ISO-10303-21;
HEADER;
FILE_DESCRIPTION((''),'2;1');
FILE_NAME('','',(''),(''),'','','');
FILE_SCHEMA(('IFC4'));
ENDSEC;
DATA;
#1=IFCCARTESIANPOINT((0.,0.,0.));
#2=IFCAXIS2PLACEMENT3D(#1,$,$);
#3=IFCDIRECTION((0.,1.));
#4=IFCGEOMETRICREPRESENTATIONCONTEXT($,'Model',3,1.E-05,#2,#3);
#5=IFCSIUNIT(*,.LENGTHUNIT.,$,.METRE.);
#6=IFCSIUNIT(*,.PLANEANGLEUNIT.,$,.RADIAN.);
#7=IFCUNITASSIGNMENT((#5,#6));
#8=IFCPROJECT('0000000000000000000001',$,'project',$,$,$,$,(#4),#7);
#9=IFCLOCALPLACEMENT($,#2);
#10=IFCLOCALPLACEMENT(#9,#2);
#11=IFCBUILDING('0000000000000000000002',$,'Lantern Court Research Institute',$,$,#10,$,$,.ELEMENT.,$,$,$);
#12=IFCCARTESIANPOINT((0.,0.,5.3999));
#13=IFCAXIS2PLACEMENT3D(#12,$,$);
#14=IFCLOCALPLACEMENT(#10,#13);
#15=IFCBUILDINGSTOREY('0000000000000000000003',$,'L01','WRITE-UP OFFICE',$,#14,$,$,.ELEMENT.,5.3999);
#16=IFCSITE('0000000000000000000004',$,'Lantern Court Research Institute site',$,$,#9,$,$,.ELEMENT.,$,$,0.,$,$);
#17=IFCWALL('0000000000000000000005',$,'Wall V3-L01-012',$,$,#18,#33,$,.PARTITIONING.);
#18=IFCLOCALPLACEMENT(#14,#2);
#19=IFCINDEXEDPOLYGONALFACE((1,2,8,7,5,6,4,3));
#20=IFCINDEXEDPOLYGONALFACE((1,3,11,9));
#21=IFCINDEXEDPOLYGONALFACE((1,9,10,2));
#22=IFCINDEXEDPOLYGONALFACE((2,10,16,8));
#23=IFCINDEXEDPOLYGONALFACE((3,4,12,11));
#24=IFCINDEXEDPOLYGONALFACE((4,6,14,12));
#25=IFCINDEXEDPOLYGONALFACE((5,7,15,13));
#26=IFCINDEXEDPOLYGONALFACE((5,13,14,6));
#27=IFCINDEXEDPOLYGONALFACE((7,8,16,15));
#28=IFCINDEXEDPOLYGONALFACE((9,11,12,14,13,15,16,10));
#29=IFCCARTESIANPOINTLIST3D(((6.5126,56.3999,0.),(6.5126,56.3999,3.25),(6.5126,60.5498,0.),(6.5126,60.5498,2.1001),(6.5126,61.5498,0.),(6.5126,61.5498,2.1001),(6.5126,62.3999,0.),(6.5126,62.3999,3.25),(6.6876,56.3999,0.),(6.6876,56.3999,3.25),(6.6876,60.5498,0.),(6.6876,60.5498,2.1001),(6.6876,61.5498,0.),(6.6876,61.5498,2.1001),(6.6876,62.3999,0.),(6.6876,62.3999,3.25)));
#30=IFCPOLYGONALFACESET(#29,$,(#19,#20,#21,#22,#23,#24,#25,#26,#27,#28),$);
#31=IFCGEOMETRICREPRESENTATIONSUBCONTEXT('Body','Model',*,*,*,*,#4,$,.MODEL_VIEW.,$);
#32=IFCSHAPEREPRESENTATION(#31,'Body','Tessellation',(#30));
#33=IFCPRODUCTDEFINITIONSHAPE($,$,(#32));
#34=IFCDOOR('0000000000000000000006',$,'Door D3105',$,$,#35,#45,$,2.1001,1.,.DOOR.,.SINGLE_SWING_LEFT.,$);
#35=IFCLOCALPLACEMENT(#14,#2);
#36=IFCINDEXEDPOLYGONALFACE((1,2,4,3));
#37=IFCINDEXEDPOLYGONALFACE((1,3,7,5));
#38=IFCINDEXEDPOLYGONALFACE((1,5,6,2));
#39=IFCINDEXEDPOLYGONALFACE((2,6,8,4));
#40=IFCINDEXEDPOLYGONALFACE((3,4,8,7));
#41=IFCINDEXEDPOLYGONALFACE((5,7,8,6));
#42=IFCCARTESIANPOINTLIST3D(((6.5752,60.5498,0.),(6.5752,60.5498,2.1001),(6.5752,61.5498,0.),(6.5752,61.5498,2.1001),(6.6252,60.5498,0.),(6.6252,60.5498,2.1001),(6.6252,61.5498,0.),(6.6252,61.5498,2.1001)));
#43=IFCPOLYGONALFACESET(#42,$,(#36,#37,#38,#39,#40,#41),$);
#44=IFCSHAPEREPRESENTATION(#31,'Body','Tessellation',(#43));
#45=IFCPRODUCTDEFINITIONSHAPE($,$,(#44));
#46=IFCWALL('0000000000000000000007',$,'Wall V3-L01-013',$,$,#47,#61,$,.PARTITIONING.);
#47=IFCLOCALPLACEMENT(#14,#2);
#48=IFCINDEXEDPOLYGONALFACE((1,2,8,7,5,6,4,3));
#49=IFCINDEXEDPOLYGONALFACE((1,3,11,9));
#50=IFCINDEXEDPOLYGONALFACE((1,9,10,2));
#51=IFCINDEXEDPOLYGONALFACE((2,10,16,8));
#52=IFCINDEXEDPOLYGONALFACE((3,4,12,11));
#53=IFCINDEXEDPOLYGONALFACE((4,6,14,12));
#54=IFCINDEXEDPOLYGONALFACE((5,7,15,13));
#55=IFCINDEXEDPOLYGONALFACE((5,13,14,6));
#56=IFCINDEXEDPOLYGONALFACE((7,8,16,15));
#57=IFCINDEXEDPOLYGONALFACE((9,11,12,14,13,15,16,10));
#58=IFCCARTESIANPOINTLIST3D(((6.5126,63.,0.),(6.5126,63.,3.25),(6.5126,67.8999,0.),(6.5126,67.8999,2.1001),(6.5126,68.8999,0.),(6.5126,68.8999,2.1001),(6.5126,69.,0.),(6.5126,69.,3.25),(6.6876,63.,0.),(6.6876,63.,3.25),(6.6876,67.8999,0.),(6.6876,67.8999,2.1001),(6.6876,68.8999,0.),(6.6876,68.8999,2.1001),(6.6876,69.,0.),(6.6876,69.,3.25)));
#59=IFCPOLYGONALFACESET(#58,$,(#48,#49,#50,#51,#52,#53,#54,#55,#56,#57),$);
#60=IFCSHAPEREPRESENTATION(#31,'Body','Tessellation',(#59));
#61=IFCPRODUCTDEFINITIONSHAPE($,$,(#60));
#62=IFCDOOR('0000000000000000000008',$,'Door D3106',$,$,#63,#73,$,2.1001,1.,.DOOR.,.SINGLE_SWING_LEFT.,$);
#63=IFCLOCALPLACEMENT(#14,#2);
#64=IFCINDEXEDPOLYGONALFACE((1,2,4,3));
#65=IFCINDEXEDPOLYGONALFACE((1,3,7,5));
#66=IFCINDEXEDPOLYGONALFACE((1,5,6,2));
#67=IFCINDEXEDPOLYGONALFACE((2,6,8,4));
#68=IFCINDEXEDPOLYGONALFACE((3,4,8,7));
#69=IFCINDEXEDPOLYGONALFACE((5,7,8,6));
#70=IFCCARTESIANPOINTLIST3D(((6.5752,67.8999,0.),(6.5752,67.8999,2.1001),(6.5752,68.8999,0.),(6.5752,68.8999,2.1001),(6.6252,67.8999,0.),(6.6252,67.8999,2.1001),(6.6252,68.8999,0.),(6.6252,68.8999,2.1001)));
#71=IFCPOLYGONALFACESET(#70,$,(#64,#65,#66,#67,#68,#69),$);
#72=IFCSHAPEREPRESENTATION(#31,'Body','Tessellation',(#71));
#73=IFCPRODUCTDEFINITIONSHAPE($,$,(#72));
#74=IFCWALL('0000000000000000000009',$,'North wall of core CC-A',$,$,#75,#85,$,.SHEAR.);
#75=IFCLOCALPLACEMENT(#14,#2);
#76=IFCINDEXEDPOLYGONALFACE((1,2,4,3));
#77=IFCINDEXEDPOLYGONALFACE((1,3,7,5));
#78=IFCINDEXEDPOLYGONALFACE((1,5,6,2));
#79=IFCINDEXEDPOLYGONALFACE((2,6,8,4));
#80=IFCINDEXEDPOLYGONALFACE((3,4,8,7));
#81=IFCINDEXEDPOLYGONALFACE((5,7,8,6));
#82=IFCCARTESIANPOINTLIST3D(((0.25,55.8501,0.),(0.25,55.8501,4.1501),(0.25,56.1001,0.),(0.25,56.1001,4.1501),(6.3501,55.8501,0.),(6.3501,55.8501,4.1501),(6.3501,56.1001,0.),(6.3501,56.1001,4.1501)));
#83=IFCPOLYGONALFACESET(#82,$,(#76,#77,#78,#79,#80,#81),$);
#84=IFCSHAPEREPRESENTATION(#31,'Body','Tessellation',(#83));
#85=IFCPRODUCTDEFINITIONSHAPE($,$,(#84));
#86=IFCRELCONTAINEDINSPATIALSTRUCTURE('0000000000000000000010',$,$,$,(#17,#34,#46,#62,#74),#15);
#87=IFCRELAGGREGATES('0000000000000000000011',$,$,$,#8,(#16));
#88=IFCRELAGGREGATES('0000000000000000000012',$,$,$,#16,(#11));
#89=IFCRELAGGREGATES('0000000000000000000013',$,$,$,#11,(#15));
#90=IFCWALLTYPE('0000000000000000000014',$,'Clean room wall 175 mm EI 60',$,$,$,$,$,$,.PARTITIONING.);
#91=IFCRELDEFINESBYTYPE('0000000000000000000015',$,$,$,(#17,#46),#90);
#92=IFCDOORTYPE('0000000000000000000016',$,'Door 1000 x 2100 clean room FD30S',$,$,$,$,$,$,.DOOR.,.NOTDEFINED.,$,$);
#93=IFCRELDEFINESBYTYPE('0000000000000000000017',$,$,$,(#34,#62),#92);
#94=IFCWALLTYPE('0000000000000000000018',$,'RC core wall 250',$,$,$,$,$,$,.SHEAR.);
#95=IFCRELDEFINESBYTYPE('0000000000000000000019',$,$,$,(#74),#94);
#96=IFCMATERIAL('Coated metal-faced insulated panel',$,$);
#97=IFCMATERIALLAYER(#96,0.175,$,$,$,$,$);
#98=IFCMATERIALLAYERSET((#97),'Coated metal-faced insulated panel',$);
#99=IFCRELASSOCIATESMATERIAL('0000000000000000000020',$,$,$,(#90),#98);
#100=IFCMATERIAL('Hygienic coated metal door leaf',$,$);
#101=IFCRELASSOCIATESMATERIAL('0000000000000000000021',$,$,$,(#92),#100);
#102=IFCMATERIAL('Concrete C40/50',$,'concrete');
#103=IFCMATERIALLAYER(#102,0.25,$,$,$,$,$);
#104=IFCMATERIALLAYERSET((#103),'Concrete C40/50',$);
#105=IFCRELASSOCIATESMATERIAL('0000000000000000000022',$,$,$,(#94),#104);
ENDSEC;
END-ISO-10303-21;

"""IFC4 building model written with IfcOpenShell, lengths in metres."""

from ifc_helpers import new_model, si_unit, direction, frame, frame_2d, origin, place, context, subcontext, project, spatial, rectangle, extrude, material, layer, layer_set, type_object, element, fill, save


model = new_model("IFC4")

# Units and contexts
model_context = context("Model", 3, precision=1e-05, world=origin(), true_north=direction((0.0, 1.0)))
body_context = subcontext(model_context, "Body", "Model", "MODEL_VIEW")
ifc_project = project(units=[si_unit("LENGTHUNIT", "METRE"), si_unit("PLANEANGLEUNIT", "RADIAN")], contexts=[model_context])

# Site, building, storey
site_placement = place(None, origin())
site = spatial("IfcSite", under=ifc_project, at=site_placement, Name="Lantern Court Research Institute site", CompositionType="ELEMENT", RefElevation=0.0)
building_placement = place(site_placement, origin())
building = spatial("IfcBuilding", under=site, at=building_placement, Name="Lantern Court Research Institute", CompositionType="ELEMENT")
storey_placement = place(building_placement, frame((0.0, 0.0, 5.3999)))
storey = spatial("IfcBuildingStorey", under=building, at=storey_placement, Name="L01", Description="WRITE-UP OFFICE", CompositionType="ELEMENT", Elevation=5.3999)

# Shared definitions
ifc_material_1 = material(Name="Coated metal-faced insulated panel")
ifc_layer_1 = layer(ifc_material_1, 0.175)
ifc_layer_set_1 = layer_set([ifc_layer_1], Name="Coated metal-faced insulated panel")
wall_type_1 = type_object("IfcWallType", Name="Clean room wall 175 mm EI 60", PredefinedType="PARTITIONING", material=ifc_layer_set_1)

# Walls, openings, doors
wall_1_placement = place(storey_placement, frame((6.6001, 56.3999, 0.0), z_axis=(0.0, 0.0, 1.0), x_axis=(0.0, 1.0, 0.0)))
wall_1 = element("IfcWall", 1, at=wall_1_placement, inside=storey, type_object=wall_type_1, Name="Wall V3-L01-012", PredefinedType="PARTITIONING", context=body_context, shape_type="SweptSolid", body=[
    extrude(rectangle(XDim=6.0, YDim=0.175, at=frame_2d((3.0, 0.0))), origin(), (0.0, 0.0, 1.0), 3.25),
])
opening_1_placement = place(wall_1_placement, frame((4.1499, 0.0, 0.0)))
opening_1 = element("IfcOpeningElement", 2, at=opening_1_placement, cuts=wall_1, PredefinedType="OPENING", context=body_context, shape_type="SweptSolid", body=[
    extrude(rectangle(XDim=1.0, YDim=2.1001, at=frame_2d((0.5, 1.05))), frame((0.0, 0.0974, 0.0), z_axis=(0.0, -1.0, 0.0), x_axis=(1.0, 0.0, 0.0)), (0.0, 0.0, 1.0), 0.1951),
])
ifc_material_2 = material(Name="Hygienic coated metal door leaf")
door_type_1 = type_object("IfcDoorType", Name="Door 1000 x 2100 clean room FD30S", OperationType="NOTDEFINED", PredefinedType="DOOR", material=ifc_material_2)
door_1_placement = place(opening_1_placement, origin())
door_1 = element("IfcDoor", 3, at=door_1_placement, inside=storey, type_object=door_type_1, Name="Door D3105", OperationType="SINGLE_SWING_LEFT", OverallHeight=2.1001, OverallWidth=1.0, PredefinedType="DOOR", context=body_context, shape_type="SweptSolid", body=[
    extrude(rectangle(XDim=1.0, YDim=2.1001, at=frame_2d((0.5, 1.05))), frame((0.0, 0.0249, 0.0), z_axis=(0.0, -1.0, 0.0), x_axis=(1.0, 0.0, 0.0)), (0.0, 0.0, 1.0), 0.05),
])
fill(opening_1, door_1)
wall_2_placement = place(storey_placement, frame((6.6001, 63.0, 0.0), z_axis=(0.0, 0.0, 1.0), x_axis=(0.0, 1.0, 0.0)))
wall_2 = element("IfcWall", 4, at=wall_2_placement, inside=storey, type_object=wall_type_1, Name="Wall V3-L01-013", PredefinedType="PARTITIONING", context=body_context, shape_type="SweptSolid", body=[
    extrude(rectangle(XDim=6.0, YDim=0.175, at=frame_2d((3.0, 0.0))), origin(), (0.0, 0.0, 1.0), 3.25),
])
opening_2_placement = place(wall_2_placement, frame((4.8999, 0.0, 0.0)))
opening_2 = element("IfcOpeningElement", 5, at=opening_2_placement, cuts=wall_2, PredefinedType="OPENING", context=body_context, shape_type="SweptSolid", body=[
    extrude(rectangle(XDim=1.0, YDim=2.1001, at=frame_2d((0.5, 1.05))), frame((0.0, 0.0974, 0.0), z_axis=(0.0, -1.0, 0.0), x_axis=(1.0, 0.0, 0.0)), (0.0, 0.0, 1.0), 0.1951),
])
door_2_placement = place(opening_2_placement, origin())
door_2 = element("IfcDoor", 6, at=door_2_placement, inside=storey, type_object=door_type_1, Name="Door D3106", OperationType="SINGLE_SWING_LEFT", OverallHeight=2.1001, OverallWidth=1.0, PredefinedType="DOOR", context=body_context, shape_type="SweptSolid", body=[
    extrude(rectangle(XDim=1.0, YDim=2.1001, at=frame_2d((0.5, 1.05))), frame((0.0, 0.0249, 0.0), z_axis=(0.0, -1.0, 0.0), x_axis=(1.0, 0.0, 0.0)), (0.0, 0.0, 1.0), 0.05),
])
fill(opening_2, door_2)

# Wall
ifc_material_3 = material(Name="Concrete C40/50", Category="concrete")
ifc_layer_2 = layer(ifc_material_3, 0.25)
ifc_layer_set_2 = layer_set([ifc_layer_2], Name="Concrete C40/50")
wall_type_2 = type_object("IfcWallType", Name="RC core wall 250", PredefinedType="SHEAR", material=ifc_layer_set_2)
wall_3_placement = place(storey_placement, frame((6.3501, 55.9751, 0.0), z_axis=(0.0, 0.0, 1.0), x_axis=(-1.0, 0.0, 0.0)))
element("IfcWall", 7, at=wall_3_placement, inside=storey, type_object=wall_type_2, Name="North wall of core CC-A", PredefinedType="SHEAR", context=body_context, shape_type="SweptSolid", body=[
    extrude(rectangle(XDim=6.1001, YDim=0.25, at=frame_2d((3.05, 0.0))), origin(), (0.0, 0.0, 1.0), 4.1501),
])

save(model, "model.ifc")
